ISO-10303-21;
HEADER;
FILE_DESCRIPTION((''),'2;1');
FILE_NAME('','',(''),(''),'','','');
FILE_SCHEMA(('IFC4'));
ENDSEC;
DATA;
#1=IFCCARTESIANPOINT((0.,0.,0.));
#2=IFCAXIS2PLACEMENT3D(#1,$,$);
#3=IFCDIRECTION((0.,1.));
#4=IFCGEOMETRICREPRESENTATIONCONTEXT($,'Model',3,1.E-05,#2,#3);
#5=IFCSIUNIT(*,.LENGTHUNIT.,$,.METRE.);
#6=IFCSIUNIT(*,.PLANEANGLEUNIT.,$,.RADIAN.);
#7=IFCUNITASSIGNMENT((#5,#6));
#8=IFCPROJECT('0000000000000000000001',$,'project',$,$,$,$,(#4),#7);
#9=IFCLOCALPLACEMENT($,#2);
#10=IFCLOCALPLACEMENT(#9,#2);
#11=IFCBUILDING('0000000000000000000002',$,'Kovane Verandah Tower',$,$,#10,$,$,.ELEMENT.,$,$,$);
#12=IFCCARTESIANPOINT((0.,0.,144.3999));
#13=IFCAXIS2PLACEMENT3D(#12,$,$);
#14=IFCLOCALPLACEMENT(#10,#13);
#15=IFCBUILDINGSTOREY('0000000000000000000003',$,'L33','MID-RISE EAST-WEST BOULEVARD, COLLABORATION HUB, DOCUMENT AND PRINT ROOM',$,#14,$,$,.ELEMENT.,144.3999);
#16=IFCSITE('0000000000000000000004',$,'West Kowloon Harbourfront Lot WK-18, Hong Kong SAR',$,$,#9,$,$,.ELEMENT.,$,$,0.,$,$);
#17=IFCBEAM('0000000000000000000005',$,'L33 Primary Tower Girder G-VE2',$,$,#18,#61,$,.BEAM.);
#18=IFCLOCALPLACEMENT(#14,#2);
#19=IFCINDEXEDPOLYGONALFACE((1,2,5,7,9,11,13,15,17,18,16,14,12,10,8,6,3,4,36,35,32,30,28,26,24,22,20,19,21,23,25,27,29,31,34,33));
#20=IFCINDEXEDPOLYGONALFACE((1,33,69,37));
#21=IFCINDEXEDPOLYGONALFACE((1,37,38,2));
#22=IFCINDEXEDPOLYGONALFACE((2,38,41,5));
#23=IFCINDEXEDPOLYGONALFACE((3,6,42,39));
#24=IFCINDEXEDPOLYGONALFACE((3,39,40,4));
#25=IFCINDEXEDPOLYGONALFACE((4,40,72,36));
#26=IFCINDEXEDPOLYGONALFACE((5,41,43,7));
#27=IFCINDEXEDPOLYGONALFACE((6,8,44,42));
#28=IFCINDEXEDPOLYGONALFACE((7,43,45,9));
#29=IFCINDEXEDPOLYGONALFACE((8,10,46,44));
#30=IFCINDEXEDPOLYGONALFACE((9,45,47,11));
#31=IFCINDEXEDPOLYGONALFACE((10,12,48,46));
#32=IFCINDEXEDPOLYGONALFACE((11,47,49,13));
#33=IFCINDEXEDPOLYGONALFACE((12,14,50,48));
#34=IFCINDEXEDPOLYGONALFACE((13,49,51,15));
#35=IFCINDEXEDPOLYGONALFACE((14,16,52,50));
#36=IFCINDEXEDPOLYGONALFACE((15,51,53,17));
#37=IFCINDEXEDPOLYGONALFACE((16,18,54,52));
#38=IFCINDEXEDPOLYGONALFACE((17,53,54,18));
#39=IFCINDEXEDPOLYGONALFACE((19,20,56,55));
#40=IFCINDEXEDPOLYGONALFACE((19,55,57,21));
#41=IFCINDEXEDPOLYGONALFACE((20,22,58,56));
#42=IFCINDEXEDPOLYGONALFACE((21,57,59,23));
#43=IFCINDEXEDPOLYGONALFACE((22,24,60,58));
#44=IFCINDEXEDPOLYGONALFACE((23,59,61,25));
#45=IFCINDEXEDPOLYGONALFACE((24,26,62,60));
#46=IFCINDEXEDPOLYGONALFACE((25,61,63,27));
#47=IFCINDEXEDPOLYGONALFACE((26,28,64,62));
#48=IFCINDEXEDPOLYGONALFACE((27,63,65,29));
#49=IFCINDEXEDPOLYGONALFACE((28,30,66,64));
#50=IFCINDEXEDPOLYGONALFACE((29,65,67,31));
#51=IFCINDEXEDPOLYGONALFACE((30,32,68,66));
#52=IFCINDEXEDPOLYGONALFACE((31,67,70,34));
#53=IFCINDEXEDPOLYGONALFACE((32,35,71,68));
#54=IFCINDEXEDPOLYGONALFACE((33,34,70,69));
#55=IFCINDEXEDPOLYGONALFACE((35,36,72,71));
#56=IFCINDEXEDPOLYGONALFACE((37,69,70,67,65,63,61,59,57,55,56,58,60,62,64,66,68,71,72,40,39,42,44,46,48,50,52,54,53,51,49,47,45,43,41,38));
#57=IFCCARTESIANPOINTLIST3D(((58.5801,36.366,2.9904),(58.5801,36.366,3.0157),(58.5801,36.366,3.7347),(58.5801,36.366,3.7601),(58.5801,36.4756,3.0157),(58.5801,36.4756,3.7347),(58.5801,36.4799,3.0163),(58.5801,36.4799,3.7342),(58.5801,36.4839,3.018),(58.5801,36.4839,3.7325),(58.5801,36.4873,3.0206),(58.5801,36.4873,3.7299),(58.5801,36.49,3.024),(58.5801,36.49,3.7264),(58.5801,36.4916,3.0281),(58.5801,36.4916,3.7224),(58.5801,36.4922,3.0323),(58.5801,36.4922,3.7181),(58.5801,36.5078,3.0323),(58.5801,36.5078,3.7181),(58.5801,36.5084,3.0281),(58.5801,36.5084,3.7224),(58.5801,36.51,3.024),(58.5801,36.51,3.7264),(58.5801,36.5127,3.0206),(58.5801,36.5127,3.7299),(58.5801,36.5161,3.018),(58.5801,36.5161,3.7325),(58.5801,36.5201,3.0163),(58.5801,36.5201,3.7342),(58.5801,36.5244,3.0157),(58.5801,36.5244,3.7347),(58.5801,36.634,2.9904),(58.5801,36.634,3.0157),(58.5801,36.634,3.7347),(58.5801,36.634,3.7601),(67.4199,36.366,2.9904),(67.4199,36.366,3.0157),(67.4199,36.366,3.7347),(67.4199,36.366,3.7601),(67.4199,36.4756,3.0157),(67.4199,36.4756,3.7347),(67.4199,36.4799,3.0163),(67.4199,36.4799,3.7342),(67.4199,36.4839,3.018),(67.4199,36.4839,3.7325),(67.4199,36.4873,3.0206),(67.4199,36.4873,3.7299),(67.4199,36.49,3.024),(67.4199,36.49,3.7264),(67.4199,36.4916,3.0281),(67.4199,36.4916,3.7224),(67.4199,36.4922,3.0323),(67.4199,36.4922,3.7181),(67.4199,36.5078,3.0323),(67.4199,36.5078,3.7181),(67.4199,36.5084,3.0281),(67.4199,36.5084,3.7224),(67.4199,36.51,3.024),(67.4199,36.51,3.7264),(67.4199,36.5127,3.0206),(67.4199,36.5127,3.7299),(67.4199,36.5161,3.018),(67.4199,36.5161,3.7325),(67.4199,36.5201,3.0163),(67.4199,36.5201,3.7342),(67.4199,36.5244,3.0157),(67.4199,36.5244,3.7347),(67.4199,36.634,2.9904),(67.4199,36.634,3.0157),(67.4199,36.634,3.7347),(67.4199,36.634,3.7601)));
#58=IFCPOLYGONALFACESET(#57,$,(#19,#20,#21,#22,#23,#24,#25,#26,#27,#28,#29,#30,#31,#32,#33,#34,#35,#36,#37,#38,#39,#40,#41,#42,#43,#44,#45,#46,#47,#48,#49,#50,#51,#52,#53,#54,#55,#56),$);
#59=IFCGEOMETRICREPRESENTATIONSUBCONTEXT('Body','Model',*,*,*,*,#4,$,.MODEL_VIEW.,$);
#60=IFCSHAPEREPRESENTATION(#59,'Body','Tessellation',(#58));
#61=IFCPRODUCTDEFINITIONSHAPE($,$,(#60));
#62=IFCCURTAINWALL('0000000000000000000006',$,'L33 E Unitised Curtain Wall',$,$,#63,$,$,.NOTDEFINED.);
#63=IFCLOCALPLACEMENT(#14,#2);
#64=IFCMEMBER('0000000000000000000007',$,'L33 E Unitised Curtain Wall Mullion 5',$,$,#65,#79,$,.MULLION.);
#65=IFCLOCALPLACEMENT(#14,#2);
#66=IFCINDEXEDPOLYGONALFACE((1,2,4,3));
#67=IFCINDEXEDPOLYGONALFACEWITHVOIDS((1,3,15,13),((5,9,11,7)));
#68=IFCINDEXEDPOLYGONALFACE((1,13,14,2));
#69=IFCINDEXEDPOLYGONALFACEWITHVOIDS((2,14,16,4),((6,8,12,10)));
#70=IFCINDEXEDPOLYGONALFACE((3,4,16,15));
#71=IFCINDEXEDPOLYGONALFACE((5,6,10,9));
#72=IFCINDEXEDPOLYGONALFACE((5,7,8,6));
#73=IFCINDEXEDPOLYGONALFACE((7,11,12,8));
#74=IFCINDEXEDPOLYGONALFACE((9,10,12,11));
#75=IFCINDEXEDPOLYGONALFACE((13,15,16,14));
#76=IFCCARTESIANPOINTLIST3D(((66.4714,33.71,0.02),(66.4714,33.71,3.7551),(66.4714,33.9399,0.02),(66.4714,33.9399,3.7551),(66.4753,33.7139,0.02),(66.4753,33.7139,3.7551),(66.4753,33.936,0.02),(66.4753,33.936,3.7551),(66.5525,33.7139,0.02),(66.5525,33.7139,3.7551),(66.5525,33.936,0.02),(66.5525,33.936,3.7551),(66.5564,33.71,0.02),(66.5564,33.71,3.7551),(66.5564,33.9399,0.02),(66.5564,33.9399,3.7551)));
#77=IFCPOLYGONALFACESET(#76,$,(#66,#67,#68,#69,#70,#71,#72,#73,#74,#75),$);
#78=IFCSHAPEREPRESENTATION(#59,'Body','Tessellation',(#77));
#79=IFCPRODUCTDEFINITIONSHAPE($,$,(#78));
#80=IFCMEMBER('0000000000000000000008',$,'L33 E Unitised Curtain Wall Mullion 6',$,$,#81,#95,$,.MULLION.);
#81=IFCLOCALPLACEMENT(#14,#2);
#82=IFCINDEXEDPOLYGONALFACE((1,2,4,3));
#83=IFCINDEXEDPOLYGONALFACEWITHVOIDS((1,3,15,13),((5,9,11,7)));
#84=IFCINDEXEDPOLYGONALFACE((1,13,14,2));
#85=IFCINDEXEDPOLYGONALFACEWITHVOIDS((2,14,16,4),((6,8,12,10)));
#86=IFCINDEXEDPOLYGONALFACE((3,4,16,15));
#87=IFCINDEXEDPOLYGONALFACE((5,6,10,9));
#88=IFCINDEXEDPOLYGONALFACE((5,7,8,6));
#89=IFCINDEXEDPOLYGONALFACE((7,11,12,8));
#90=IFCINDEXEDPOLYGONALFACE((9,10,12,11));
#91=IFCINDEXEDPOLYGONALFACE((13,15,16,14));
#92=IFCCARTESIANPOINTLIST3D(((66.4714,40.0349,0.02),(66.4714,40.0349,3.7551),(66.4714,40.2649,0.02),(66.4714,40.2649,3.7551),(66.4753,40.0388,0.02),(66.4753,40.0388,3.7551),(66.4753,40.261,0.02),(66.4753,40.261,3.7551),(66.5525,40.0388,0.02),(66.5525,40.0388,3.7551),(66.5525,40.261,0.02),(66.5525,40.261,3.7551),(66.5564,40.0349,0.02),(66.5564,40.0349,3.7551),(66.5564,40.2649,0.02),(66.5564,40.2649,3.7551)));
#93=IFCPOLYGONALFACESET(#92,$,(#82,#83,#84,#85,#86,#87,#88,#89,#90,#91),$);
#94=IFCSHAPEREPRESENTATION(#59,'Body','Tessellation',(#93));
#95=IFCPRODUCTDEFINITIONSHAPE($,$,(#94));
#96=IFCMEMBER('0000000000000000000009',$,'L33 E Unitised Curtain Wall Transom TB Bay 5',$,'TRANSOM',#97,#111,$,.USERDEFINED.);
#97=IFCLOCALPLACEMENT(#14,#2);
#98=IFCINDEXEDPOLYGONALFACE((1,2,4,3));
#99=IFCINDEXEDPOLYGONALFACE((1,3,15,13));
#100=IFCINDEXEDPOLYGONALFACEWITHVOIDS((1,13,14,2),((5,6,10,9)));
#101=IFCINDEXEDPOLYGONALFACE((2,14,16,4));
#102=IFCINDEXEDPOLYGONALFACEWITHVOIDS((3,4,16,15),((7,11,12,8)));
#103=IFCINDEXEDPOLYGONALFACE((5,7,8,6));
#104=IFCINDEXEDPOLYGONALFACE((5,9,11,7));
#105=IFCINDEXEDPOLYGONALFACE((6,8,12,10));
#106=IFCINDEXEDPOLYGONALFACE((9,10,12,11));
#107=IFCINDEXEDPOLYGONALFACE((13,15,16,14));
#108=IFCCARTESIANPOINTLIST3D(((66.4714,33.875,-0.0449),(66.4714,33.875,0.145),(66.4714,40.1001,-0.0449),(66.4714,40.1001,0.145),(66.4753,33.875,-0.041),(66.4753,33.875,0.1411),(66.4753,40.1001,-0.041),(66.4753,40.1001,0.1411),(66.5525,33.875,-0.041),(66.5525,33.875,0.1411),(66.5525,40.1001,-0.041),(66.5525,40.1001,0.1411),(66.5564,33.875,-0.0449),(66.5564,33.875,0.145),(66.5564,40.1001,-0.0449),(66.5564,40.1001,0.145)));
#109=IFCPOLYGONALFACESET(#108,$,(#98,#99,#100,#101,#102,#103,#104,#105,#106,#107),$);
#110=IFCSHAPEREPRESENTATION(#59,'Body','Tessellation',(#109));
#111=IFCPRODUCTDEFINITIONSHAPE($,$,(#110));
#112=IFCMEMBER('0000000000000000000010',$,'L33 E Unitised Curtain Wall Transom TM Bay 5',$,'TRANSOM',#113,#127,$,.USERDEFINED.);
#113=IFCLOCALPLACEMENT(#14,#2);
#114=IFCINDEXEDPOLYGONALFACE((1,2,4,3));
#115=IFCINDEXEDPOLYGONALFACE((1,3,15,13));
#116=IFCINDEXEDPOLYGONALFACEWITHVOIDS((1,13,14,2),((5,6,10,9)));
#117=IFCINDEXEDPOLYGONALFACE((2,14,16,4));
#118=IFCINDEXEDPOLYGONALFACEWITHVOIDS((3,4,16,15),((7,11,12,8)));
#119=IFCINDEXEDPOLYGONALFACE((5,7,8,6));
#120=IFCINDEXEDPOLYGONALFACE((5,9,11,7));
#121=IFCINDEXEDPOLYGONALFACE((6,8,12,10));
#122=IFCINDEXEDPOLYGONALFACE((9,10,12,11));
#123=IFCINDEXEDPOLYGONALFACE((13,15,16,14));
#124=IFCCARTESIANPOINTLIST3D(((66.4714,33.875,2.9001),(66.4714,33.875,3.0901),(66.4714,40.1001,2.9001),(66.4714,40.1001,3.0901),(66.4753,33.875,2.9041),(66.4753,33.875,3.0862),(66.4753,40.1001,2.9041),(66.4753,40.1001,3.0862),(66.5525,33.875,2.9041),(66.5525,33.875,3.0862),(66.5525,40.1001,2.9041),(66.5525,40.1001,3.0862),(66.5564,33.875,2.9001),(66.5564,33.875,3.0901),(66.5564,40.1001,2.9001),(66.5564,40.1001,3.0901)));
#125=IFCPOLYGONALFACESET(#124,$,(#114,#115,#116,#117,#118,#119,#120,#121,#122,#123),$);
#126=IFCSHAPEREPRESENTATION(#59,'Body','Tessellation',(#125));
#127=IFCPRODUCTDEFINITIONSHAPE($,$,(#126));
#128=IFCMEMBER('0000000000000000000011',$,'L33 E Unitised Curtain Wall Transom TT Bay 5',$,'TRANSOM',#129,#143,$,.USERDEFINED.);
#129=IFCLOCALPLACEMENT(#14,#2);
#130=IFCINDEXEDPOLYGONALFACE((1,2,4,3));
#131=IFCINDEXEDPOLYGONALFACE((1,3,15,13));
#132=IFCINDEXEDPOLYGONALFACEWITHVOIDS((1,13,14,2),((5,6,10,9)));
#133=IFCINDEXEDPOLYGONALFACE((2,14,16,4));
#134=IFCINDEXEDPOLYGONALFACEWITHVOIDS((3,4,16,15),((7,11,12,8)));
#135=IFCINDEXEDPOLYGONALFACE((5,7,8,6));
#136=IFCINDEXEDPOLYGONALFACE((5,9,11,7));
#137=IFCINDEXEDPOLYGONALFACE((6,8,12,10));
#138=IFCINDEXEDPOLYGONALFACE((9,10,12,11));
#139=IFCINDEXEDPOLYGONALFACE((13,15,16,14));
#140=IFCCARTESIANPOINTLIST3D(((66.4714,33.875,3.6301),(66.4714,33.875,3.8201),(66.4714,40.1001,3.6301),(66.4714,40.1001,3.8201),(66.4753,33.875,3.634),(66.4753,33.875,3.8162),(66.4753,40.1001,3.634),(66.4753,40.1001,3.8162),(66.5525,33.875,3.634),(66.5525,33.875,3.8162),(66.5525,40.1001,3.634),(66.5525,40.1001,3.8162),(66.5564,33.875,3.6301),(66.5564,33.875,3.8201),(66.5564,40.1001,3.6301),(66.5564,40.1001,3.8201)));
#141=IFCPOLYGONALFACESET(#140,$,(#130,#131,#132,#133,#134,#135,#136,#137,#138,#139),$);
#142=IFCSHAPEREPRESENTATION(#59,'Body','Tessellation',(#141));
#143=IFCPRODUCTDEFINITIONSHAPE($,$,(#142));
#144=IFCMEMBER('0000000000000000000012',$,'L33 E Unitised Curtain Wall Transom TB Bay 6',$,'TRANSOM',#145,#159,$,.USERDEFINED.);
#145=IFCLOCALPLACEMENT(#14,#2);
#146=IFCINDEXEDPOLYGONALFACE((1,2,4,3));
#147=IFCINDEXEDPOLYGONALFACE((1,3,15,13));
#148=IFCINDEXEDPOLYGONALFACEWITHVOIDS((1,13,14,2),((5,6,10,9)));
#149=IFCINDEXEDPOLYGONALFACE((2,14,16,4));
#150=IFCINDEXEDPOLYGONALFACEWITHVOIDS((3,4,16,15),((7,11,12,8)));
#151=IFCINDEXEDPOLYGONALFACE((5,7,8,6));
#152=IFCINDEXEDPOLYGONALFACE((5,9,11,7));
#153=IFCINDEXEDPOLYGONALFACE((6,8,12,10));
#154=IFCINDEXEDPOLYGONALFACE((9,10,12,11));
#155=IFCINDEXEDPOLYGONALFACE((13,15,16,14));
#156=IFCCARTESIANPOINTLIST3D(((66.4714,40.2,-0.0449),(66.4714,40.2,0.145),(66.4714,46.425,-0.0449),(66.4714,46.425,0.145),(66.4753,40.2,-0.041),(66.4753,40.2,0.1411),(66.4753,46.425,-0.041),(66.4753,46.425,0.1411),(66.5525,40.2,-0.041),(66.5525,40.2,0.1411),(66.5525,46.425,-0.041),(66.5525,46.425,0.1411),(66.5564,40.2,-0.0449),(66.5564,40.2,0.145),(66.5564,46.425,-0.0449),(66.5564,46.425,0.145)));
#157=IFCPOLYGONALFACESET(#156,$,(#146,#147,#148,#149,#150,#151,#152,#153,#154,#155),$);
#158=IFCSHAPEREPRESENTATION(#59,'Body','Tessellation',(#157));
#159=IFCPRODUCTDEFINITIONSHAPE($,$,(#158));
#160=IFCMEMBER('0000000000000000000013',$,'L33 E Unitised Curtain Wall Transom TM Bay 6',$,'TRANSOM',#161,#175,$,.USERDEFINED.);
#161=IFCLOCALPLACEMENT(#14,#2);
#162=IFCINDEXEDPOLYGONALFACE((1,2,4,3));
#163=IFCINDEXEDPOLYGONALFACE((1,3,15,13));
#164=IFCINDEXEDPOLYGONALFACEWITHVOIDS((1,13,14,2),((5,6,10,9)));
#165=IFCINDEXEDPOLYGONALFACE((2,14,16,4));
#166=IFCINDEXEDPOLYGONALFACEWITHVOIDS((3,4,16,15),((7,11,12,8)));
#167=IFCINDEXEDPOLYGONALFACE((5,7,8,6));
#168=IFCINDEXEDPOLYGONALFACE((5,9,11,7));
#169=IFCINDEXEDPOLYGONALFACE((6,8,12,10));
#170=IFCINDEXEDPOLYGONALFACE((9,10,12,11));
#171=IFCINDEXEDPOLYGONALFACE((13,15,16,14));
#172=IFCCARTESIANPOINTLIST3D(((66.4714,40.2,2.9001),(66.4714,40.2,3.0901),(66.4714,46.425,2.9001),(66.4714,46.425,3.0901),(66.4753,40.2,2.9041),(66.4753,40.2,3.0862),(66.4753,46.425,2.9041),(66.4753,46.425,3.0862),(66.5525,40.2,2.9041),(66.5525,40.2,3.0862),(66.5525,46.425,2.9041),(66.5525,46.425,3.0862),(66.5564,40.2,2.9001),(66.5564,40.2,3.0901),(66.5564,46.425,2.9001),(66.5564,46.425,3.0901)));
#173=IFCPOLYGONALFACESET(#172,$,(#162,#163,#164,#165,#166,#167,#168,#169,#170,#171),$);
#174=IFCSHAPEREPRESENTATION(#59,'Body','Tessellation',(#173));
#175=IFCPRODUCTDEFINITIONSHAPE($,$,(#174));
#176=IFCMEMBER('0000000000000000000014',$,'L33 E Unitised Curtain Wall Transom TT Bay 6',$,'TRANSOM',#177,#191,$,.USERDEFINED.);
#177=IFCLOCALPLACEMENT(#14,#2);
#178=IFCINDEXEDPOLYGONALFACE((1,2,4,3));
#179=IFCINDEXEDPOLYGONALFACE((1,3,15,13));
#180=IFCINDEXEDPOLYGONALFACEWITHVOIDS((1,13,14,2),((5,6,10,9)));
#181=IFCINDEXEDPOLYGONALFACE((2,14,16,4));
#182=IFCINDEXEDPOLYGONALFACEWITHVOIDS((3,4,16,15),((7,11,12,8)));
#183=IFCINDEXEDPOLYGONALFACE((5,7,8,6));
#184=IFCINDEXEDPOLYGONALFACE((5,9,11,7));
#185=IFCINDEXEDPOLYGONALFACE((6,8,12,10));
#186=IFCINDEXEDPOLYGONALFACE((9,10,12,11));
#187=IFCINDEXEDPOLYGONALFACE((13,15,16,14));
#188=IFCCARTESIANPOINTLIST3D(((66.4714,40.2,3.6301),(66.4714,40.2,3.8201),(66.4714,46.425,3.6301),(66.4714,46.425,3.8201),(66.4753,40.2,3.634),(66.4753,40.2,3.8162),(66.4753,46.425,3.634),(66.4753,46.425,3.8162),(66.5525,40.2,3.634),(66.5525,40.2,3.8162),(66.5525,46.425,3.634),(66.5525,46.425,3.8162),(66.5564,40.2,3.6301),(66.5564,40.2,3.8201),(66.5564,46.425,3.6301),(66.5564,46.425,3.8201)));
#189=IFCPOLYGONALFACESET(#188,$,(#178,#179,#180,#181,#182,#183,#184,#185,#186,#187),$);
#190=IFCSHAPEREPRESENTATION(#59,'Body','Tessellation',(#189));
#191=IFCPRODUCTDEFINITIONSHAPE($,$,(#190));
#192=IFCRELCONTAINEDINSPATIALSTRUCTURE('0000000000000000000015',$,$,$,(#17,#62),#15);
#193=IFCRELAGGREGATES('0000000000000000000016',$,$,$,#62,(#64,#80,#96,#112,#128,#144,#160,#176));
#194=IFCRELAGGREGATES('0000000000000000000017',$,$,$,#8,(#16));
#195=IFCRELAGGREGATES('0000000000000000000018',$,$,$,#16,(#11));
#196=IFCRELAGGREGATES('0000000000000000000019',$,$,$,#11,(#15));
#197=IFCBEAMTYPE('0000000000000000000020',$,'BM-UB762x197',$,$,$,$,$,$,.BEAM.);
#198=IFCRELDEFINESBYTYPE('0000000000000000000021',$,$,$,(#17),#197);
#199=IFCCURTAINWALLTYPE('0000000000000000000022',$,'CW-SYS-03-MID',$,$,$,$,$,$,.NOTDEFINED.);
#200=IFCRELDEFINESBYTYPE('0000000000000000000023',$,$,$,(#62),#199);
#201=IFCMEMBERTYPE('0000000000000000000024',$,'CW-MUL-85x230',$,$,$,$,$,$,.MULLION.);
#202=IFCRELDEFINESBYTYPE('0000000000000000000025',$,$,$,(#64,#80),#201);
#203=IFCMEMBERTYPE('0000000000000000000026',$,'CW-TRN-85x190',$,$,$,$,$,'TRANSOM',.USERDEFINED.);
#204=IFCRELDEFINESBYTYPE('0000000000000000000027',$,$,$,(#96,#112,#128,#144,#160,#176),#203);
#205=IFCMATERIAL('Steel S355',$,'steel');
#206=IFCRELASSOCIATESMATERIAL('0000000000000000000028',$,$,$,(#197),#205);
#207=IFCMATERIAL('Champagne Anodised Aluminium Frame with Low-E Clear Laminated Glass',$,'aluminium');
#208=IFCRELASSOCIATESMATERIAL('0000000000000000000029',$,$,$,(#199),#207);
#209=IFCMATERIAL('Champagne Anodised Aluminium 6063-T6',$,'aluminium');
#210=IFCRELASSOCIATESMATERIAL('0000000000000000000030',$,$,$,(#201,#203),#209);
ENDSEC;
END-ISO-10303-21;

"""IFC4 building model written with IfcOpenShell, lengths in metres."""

from ifc_helpers import new_model, si_unit, direction, frame, origin, origin_2d, place, context, subcontext, project, spatial, hollow_rectangle, i_section, extrude, material, material_profile, profile_set, type_object, element, aggregate, save


model = new_model("IFC4")

# Units and contexts
model_context = context("Model", 3, precision=1e-05, world=origin(), true_north=direction((0.0, 1.0)))
body_context = subcontext(model_context, "Body", "Model", "MODEL_VIEW")
ifc_project = project(units=[si_unit("LENGTHUNIT", "METRE"), si_unit("PLANEANGLEUNIT", "RADIAN")], contexts=[model_context])

# Site, building, storey
site_placement = place(None, origin())
site = spatial("IfcSite", under=ifc_project, at=site_placement, Name="West Kowloon Harbourfront Lot WK-18, Hong Kong SAR", CompositionType="ELEMENT", RefElevation=0.0)
building_placement = place(site_placement, origin())
building = spatial("IfcBuilding", under=site, at=building_placement, Name="Kovane Verandah Tower", CompositionType="ELEMENT")
storey_placement = place(building_placement, frame((0.0, 0.0, 144.3999)))
storey = spatial("IfcBuildingStorey", under=building, at=storey_placement, Name="L33", Description="MID-RISE EAST-WEST BOULEVARD, COLLABORATION HUB, DOCUMENT AND PRINT ROOM", CompositionType="ELEMENT", Elevation=144.3999)

# Beam
ifc_material_1 = material(Name="Steel S355", Category="steel")
ifc_material_profile_1 = material_profile(ifc_material_1, i_section(OverallWidth=0.2681, OverallDepth=0.7698, WebThickness=0.0156, FlangeThickness=0.0254, FilletRadius=0.0166, at=origin_2d()), Name="UB762x267x197")
ifc_profile_set_1 = profile_set([ifc_material_profile_1], Name="Steel S355")
beam_type_1 = type_object("IfcBeamType", Name="BM-UB762x197", PredefinedType="BEAM", material=ifc_profile_set_1)
beam_1_placement = place(storey_placement, frame((58.5801, 36.5, 3.3752), z_axis=(1.0, 0.0, 0.0), x_axis=(0.0, 1.0, 0.0)))
element("IfcBeam", 1, at=beam_1_placement, inside=storey, type_object=beam_type_1, Name="L33 Primary Tower Girder G-VE2", PredefinedType="BEAM", context=body_context, shape_type="SweptSolid", body=[
    extrude(i_section(OverallWidth=0.2681, OverallDepth=0.7698, WebThickness=0.0156, FlangeThickness=0.0254, FilletRadius=0.0166, at=origin_2d()), origin(), (0.0, 0.0, 1.0), 8.8398),
])

# Curtain wall, members
ifc_material_2 = material(Name="Champagne Anodised Aluminium Frame with Low-E Clear Laminated Glass", Category="aluminium")
curtain_wall_type = type_object("IfcCurtainWallType", Name="CW-SYS-03-MID", PredefinedType="NOTDEFINED", material=ifc_material_2)
curtain_wall_placement = place(storey_placement, origin())
curtain_wall = element("IfcCurtainWall", 2, at=curtain_wall_placement, inside=storey, type_object=curtain_wall_type, Name="L33 E Unitised Curtain Wall", PredefinedType="NOTDEFINED")
ifc_material_3 = material(Name="Champagne Anodised Aluminium 6063-T6", Category="aluminium")
ifc_material_profile_2 = material_profile(ifc_material_3, hollow_rectangle(XDim=0.085, YDim=0.23, WallThickness=0.0039, at=origin_2d()), Name="AL85x230x4")
ifc_profile_set_2 = profile_set([ifc_material_profile_2], Name="Champagne Anodised Aluminium 6063-T6")
member_type_1 = type_object("IfcMemberType", Name="CW-MUL-85x230", PredefinedType="MULLION", material=ifc_profile_set_2)
member_1_placement = place(storey_placement, frame((66.5139, 33.825, 0.02), z_axis=(0.0, 0.0, 1.0), x_axis=(1.0, 0.0, 0.0)))
member_1 = element("IfcMember", 3, at=member_1_placement, type_object=member_type_1, Name="L33 E Unitised Curtain Wall Mullion 5", PredefinedType="MULLION", context=body_context, shape_type="SweptSolid", body=[
    extrude(hollow_rectangle(XDim=0.085, YDim=0.23, WallThickness=0.0039, at=origin_2d()), origin(), (0.0, 0.0, 1.0), 3.7351),
])
member_2_placement = place(storey_placement, frame((66.5139, 40.1499, 0.02), z_axis=(0.0, 0.0, 1.0), x_axis=(1.0, 0.0, 0.0)))
member_2 = element("IfcMember", 4, at=member_2_placement, type_object=member_type_1, Name="L33 E Unitised Curtain Wall Mullion 6", PredefinedType="MULLION", context=body_context, shape_type="SweptSolid", body=[
    extrude(hollow_rectangle(XDim=0.085, YDim=0.23, WallThickness=0.0039, at=origin_2d()), origin(), (0.0, 0.0, 1.0), 3.7351),
])
ifc_material_profile_3 = material_profile(ifc_material_3, hollow_rectangle(XDim=0.085, YDim=0.1899, WallThickness=0.0039, at=origin_2d()), Name="AL85x190x4")
ifc_profile_set_3 = profile_set([ifc_material_profile_3], Name="Champagne Anodised Aluminium 6063-T6")
member_type_2 = type_object("IfcMemberType", Name="CW-TRN-85x190", ElementType="TRANSOM", PredefinedType="USERDEFINED", material=ifc_profile_set_3)
member_3_placement = place(storey_placement, frame((66.5139, 33.875, 0.05), z_axis=(0.0, 1.0, 0.0), x_axis=(-1.0, 0.0, 0.0)))
member_3 = element("IfcMember", 5, at=member_3_placement, type_object=member_type_2, Name="L33 E Unitised Curtain Wall Transom TB Bay 5", ObjectType="TRANSOM", PredefinedType="USERDEFINED", context=body_context, shape_type="SweptSolid", body=[
    extrude(hollow_rectangle(XDim=0.085, YDim=0.1899, WallThickness=0.0039, at=origin_2d()), origin(), (0.0, 0.0, 1.0), 6.2251),
])
member_4_placement = place(storey_placement, frame((66.5139, 33.875, 2.9951), z_axis=(0.0, 1.0, 0.0), x_axis=(-1.0, 0.0, 0.0)))
member_4 = element("IfcMember", 6, at=member_4_placement, type_object=member_type_2, Name="L33 E Unitised Curtain Wall Transom TM Bay 5", ObjectType="TRANSOM", PredefinedType="USERDEFINED", context=body_context, shape_type="SweptSolid", body=[
    extrude(hollow_rectangle(XDim=0.085, YDim=0.1899, WallThickness=0.0039, at=origin_2d()), origin(), (0.0, 0.0, 1.0), 6.2251),
])
member_5_placement = place(storey_placement, frame((66.5139, 33.875, 3.7251), z_axis=(0.0, 1.0, 0.0), x_axis=(-1.0, 0.0, 0.0)))
member_5 = element("IfcMember", 7, at=member_5_placement, type_object=member_type_2, Name="L33 E Unitised Curtain Wall Transom TT Bay 5", ObjectType="TRANSOM", PredefinedType="USERDEFINED", context=body_context, shape_type="SweptSolid", body=[
    extrude(hollow_rectangle(XDim=0.085, YDim=0.1899, WallThickness=0.0039, at=origin_2d()), origin(), (0.0, 0.0, 1.0), 6.2251),
])
member_6_placement = place(storey_placement, frame((66.5139, 40.2, 0.05), z_axis=(0.0, 1.0, 0.0), x_axis=(-1.0, 0.0, 0.0)))
member_6 = element("IfcMember", 8, at=member_6_placement, type_object=member_type_2, Name="L33 E Unitised Curtain Wall Transom TB Bay 6", ObjectType="TRANSOM", PredefinedType="USERDEFINED", context=body_context, shape_type="SweptSolid", body=[
    extrude(hollow_rectangle(XDim=0.085, YDim=0.1899, WallThickness=0.0039, at=origin_2d()), origin(), (0.0, 0.0, 1.0), 6.2251),
])
member_7_placement = place(storey_placement, frame((66.5139, 40.2, 2.9951), z_axis=(0.0, 1.0, 0.0), x_axis=(-1.0, 0.0, 0.0)))
member_7 = element("IfcMember", 9, at=member_7_placement, type_object=member_type_2, Name="L33 E Unitised Curtain Wall Transom TM Bay 6", ObjectType="TRANSOM", PredefinedType="USERDEFINED", context=body_context, shape_type="SweptSolid", body=[
    extrude(hollow_rectangle(XDim=0.085, YDim=0.1899, WallThickness=0.0039, at=origin_2d()), origin(), (0.0, 0.0, 1.0), 6.2251),
])
member_8_placement = place(storey_placement, frame((66.5139, 40.2, 3.7251), z_axis=(0.0, 1.0, 0.0), x_axis=(-1.0, 0.0, 0.0)))
member_8 = element("IfcMember", 10, at=member_8_placement, type_object=member_type_2, Name="L33 E Unitised Curtain Wall Transom TT Bay 6", ObjectType="TRANSOM", PredefinedType="USERDEFINED", context=body_context, shape_type="SweptSolid", body=[
    extrude(hollow_rectangle(XDim=0.085, YDim=0.1899, WallThickness=0.0039, at=origin_2d()), origin(), (0.0, 0.0, 1.0), 6.2251),
])

aggregate(curtain_wall, [member_1, member_2, member_3, member_4, member_5, member_6, member_7, member_8])

save(model, "model.ifc")
